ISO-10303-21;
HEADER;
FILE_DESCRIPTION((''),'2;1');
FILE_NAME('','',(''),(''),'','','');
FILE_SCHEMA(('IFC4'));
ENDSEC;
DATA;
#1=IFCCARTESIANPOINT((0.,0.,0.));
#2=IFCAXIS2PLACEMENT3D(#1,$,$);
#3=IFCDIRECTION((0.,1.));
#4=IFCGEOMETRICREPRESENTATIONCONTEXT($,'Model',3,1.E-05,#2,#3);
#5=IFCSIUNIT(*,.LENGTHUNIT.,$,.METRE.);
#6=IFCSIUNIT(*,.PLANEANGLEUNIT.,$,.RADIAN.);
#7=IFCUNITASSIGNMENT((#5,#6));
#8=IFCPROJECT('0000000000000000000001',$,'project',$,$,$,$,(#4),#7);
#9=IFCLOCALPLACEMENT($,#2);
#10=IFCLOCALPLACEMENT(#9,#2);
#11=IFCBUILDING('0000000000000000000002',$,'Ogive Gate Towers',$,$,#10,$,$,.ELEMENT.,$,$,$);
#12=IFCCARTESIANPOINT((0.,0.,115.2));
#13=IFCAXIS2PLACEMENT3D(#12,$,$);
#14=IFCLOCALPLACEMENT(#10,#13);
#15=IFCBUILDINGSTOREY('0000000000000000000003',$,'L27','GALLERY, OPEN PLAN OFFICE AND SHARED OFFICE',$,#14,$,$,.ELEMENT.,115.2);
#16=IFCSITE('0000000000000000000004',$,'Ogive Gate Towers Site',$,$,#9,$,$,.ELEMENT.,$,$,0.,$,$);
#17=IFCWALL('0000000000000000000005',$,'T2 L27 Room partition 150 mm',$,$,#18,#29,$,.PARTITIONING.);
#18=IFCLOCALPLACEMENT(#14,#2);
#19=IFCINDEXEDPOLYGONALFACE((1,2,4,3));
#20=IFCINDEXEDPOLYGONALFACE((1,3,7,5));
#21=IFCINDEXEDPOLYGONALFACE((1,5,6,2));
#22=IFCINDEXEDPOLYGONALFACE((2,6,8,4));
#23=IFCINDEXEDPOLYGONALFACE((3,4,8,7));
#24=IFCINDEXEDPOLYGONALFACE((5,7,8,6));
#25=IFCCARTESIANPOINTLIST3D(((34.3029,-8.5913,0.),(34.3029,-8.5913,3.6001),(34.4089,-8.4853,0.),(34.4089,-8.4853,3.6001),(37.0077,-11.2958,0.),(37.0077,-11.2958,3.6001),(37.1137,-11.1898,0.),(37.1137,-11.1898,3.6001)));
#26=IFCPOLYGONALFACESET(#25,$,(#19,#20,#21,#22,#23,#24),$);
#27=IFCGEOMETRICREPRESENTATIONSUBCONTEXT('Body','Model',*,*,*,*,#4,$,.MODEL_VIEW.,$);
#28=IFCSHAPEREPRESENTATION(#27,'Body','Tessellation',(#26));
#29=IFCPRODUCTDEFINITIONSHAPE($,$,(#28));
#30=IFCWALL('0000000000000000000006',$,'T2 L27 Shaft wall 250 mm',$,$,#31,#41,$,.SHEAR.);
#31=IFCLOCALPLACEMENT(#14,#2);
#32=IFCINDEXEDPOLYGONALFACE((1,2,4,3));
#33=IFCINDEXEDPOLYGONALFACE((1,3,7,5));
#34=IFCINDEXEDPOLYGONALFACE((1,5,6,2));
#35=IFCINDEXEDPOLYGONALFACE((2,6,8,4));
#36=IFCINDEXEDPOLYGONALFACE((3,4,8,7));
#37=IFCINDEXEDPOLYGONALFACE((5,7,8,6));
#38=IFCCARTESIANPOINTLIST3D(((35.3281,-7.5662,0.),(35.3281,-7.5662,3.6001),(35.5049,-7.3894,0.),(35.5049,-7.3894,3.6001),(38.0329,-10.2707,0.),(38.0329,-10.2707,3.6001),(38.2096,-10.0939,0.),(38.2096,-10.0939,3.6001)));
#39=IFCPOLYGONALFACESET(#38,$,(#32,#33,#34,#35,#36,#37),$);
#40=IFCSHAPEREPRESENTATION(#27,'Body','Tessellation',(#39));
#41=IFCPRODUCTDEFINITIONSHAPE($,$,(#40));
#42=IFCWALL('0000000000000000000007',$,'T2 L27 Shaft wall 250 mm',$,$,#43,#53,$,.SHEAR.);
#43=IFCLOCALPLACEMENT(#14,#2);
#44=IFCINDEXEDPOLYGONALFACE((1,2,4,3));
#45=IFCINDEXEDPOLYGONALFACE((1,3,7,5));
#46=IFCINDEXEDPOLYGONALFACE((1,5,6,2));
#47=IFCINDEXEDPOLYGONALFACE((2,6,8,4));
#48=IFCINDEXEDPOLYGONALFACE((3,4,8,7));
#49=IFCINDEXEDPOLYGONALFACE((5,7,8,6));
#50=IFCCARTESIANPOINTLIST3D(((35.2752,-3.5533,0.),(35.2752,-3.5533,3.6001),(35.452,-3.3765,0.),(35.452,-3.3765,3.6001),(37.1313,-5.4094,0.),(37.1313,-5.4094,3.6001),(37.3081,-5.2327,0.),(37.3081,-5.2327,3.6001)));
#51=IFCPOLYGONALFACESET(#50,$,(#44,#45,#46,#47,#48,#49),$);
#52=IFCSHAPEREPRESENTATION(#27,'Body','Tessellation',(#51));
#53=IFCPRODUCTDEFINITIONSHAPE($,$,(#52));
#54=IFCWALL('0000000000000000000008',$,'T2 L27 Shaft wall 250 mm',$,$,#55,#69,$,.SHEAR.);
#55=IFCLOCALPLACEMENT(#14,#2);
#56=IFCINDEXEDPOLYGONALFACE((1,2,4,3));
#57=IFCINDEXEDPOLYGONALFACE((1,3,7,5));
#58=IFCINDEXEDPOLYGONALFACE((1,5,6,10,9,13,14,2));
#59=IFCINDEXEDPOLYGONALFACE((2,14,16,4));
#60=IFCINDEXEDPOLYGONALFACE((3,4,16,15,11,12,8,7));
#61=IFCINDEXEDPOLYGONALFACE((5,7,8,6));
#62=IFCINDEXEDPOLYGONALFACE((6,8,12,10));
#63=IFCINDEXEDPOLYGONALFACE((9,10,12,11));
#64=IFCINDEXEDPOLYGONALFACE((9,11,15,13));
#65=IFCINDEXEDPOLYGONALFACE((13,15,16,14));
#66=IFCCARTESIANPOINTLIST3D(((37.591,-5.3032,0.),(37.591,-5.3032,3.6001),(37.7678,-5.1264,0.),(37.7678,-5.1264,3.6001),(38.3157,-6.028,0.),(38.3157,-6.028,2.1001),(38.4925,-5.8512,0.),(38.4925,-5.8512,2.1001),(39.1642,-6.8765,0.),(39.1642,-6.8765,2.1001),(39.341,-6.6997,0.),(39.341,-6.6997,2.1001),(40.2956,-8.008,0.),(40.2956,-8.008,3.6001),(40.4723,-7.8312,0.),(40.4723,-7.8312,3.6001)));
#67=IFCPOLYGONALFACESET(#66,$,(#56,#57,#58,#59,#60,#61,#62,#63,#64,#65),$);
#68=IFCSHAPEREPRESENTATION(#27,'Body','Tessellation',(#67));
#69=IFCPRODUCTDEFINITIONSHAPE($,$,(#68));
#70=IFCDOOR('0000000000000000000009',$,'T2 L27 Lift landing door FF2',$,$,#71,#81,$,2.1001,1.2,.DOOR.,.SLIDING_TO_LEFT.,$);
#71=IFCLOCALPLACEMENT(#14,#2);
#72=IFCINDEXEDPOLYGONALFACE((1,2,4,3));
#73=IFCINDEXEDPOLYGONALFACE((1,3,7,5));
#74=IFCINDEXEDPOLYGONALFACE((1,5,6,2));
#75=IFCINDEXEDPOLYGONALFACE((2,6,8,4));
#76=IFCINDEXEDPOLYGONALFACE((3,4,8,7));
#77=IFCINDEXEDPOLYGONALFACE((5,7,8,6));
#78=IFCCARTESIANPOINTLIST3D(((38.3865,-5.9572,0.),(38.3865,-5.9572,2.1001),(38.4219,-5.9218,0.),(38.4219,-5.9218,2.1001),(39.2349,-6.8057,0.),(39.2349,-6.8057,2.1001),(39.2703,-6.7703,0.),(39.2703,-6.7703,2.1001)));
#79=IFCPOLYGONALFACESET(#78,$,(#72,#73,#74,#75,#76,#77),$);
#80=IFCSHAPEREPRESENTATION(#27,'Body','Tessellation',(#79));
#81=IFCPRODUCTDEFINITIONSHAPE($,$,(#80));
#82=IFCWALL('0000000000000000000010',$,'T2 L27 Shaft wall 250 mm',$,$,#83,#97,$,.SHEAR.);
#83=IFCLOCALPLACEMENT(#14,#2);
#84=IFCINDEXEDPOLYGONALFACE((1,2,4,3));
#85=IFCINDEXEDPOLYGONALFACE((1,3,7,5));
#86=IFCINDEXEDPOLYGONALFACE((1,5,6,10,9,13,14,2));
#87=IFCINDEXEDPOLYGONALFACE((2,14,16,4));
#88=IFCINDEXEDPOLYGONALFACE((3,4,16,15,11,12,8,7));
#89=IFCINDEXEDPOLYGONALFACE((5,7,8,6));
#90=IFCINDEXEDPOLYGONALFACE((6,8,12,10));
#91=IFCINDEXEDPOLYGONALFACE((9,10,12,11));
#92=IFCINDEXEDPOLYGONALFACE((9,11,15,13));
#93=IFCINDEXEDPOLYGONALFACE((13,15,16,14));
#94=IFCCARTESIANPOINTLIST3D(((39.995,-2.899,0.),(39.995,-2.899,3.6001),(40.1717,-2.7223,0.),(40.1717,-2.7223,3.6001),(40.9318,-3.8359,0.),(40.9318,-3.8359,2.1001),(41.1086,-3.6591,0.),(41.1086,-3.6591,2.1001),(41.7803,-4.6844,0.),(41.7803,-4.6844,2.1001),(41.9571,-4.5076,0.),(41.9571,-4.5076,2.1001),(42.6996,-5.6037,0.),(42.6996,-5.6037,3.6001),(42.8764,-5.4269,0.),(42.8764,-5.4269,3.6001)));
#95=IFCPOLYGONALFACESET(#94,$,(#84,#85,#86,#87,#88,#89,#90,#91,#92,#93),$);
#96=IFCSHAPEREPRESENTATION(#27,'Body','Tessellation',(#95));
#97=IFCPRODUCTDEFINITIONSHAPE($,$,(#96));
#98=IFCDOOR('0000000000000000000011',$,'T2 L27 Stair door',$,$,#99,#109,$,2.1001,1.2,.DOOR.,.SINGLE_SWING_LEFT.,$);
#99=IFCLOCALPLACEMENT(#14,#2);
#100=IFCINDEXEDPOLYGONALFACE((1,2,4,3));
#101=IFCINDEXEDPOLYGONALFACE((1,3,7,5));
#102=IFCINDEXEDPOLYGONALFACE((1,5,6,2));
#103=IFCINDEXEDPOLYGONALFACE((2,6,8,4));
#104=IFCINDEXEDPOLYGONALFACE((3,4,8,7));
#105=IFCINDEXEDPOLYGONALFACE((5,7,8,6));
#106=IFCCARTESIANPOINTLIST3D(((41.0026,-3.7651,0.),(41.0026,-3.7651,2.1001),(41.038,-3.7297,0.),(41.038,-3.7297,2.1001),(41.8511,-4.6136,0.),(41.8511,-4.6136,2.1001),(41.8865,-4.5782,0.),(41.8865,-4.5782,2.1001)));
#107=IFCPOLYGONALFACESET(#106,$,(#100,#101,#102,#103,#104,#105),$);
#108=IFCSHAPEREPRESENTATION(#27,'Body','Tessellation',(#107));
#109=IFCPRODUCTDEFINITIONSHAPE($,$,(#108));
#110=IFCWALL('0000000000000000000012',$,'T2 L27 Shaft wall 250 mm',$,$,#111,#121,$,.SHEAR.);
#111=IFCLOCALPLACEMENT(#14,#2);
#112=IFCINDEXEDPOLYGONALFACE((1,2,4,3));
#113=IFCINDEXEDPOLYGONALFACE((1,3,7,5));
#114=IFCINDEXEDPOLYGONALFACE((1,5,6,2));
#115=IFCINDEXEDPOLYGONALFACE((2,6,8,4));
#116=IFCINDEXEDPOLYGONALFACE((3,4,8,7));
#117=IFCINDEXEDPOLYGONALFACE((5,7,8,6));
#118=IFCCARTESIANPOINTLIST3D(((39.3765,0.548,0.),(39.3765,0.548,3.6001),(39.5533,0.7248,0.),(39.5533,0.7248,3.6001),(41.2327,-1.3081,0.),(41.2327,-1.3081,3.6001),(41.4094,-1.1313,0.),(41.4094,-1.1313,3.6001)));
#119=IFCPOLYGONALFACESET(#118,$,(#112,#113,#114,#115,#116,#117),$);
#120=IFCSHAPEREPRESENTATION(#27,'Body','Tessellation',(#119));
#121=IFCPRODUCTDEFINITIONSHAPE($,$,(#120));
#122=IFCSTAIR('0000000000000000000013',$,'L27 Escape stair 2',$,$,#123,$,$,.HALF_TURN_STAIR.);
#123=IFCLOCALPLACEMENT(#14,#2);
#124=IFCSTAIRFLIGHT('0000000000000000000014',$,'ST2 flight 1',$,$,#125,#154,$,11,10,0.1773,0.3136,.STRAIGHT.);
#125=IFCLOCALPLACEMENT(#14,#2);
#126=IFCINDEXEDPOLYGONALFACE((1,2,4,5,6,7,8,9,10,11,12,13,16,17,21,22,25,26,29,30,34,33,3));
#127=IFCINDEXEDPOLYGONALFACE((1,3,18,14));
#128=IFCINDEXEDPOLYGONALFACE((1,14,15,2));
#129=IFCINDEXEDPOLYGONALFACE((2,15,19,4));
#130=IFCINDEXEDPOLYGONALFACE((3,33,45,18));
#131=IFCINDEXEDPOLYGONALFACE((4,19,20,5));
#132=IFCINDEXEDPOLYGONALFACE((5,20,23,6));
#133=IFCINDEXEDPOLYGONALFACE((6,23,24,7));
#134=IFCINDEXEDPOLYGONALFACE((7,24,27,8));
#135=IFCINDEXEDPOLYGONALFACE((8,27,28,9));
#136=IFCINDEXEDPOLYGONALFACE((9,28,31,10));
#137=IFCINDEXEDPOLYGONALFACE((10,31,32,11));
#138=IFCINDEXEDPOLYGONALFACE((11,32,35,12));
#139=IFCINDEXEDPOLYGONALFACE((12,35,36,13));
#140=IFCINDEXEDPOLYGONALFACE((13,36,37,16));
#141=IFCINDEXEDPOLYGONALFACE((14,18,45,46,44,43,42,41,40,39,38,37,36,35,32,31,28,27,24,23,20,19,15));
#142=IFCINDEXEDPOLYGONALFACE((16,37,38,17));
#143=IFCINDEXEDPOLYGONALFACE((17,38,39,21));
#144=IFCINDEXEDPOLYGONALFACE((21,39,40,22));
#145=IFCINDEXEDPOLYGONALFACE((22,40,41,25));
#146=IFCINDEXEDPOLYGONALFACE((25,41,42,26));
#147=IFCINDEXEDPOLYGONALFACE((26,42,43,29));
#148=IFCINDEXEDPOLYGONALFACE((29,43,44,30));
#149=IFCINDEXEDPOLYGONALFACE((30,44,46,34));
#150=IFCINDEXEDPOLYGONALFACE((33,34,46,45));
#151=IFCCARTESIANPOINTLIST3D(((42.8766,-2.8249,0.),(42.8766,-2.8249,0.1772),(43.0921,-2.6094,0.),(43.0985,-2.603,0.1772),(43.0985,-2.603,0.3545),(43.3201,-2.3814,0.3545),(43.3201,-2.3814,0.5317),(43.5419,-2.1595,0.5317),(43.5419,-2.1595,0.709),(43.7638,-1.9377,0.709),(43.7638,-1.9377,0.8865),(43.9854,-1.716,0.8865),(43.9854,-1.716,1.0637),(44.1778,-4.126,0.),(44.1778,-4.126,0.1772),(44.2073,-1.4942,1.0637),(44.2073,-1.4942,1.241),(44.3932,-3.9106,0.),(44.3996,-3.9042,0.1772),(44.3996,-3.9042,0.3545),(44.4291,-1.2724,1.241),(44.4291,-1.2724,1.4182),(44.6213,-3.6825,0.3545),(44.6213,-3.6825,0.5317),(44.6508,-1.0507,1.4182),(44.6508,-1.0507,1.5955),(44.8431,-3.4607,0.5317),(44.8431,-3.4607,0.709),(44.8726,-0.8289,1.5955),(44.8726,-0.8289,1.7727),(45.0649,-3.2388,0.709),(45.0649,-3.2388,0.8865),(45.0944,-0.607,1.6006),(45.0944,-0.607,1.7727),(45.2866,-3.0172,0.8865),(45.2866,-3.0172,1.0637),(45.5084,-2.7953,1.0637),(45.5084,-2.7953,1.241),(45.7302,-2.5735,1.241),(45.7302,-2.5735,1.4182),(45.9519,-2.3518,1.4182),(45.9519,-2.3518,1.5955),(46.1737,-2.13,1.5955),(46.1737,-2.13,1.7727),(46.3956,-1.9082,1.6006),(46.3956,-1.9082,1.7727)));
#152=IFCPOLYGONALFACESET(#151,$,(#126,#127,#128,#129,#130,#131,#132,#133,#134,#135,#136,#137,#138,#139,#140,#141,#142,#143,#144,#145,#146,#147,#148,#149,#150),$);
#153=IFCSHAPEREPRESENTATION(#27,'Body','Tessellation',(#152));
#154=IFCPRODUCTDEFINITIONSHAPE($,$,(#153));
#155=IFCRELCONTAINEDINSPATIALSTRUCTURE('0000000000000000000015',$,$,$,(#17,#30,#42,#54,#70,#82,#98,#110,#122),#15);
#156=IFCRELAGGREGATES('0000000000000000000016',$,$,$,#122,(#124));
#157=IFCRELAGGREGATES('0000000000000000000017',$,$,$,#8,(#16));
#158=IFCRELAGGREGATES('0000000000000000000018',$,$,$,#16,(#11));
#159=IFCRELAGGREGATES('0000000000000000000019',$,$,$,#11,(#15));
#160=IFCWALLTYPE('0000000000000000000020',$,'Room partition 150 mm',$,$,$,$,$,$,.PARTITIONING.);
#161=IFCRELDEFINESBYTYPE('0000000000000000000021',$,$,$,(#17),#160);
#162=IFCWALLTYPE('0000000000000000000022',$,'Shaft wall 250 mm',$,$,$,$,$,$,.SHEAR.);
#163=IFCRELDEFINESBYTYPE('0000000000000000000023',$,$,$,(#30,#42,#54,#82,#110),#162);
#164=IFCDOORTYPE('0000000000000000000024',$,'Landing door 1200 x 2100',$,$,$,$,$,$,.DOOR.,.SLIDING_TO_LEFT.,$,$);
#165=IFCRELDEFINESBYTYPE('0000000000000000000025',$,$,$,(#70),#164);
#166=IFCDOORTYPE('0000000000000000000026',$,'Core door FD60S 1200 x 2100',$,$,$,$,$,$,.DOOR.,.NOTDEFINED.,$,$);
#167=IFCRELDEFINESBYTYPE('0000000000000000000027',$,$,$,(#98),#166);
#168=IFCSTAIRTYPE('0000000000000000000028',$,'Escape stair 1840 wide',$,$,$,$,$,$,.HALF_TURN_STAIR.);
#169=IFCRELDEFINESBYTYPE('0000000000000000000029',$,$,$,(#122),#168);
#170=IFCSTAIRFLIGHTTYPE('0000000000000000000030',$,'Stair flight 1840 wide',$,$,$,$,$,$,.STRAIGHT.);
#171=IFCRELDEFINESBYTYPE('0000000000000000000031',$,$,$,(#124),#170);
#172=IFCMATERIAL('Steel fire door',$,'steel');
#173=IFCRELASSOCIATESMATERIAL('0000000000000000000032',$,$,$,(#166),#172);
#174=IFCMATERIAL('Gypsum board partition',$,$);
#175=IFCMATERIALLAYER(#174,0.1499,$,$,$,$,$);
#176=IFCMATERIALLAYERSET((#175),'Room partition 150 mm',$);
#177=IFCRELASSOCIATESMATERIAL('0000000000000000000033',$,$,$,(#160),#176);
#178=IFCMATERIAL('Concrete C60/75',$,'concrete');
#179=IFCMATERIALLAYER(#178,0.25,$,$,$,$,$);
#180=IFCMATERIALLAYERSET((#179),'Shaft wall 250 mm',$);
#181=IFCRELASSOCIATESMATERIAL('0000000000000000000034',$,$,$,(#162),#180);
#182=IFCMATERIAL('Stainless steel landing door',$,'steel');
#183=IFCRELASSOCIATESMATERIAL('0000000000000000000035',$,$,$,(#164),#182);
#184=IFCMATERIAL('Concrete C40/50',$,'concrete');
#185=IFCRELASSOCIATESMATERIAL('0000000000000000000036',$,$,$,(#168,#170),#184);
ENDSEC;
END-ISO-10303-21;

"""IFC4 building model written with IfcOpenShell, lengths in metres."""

from ifc_helpers import new_model, si_unit, direction, frame, frame_2d, origin, place, context, subcontext, project, spatial, polyline, rectangle, outline, extrude, material, layer, layer_set, type_object, element, fill, aggregate, save


model = new_model("IFC4")

# Units and contexts
model_context = context("Model", 3, precision=1e-05, world=origin(), true_north=direction((0.0, 1.0)))
body_context = subcontext(model_context, "Body", "Model", "MODEL_VIEW")
ifc_project = project(units=[si_unit("LENGTHUNIT", "METRE"), si_unit("PLANEANGLEUNIT", "RADIAN")], contexts=[model_context])

# Site, building, storey
site_placement = place(None, origin())
site = spatial("IfcSite", under=ifc_project, at=site_placement, Name="Ogive Gate Towers Site", CompositionType="ELEMENT", RefElevation=0.0)
building_placement = place(site_placement, origin())
building = spatial("IfcBuilding", under=site, at=building_placement, Name="Ogive Gate Towers", CompositionType="ELEMENT")
storey_placement = place(building_placement, frame((0.0, 0.0, 115.2)))
storey = spatial("IfcBuildingStorey", under=building, at=storey_placement, Name="L27", Description="GALLERY, OPEN PLAN OFFICE AND SHARED OFFICE", CompositionType="ELEMENT", Elevation=115.2)

# Shared definitions
ifc_material_1 = material(Name="Concrete C40/50", Category="concrete")

# Shared definitions
ifc_material_2 = material(Name="Concrete C60/75", Category="concrete")
ifc_material_3 = material(Name="Steel fire door", Category="steel")
door_type_1 = type_object("IfcDoorType", Name="Core door FD60S 1200 x 2100", OperationType="NOTDEFINED", PredefinedType="DOOR", material=ifc_material_3)

# Shared definitions
ifc_material_4 = material(Name="Gypsum board partition")

# Walls
ifc_layer_1 = layer(ifc_material_4, 0.1499)
ifc_layer_set_1 = layer_set([ifc_layer_1], Name="Room partition 150 mm")
wall_type_1 = type_object("IfcWallType", Name="Room partition 150 mm", PredefinedType="PARTITIONING", material=ifc_layer_set_1)
wall_1_placement = place(storey_placement, frame((37.0608, -11.2429, 0.0), z_axis=(0.0, 0.0, 1.0), x_axis=(-0.707139, 0.707075, 0.0)))
element("IfcWall", 1, at=wall_1_placement, inside=storey, type_object=wall_type_1, Name="T2 L27 Room partition 150 mm", PredefinedType="PARTITIONING", context=body_context, shape_type="SweptSolid", body=[
    extrude(rectangle(XDim=3.825, YDim=0.1499, at=frame_2d((1.9126, 0.0))), origin(), (0.0, 0.0, 1.0), 3.6001),
])
ifc_layer_2 = layer(ifc_material_2, 0.25)
ifc_layer_set_2 = layer_set([ifc_layer_2], Name="Shaft wall 250 mm")
wall_type_2 = type_object("IfcWallType", Name="Shaft wall 250 mm", PredefinedType="SHEAR", material=ifc_layer_set_2)
wall_2_placement = place(storey_placement, frame((38.1213, -10.1824, 0.0), z_axis=(0.0, 0.0, 1.0), x_axis=(-0.707139, 0.707075, 0.0)))
element("IfcWall", 2, at=wall_2_placement, inside=storey, type_object=wall_type_2, Name="T2 L27 Shaft wall 250 mm", PredefinedType="SHEAR", context=body_context, shape_type="SweptSolid", body=[
    extrude(rectangle(XDim=3.825, YDim=0.25, at=frame_2d((1.9126, 0.0))), origin(), (0.0, 0.0, 1.0), 3.6001),
])
wall_3_placement = place(storey_placement, frame((37.2197, -5.321, 0.0), z_axis=(0.0, 0.0, 1.0), x_axis=(-0.707107, 0.707107, 0.0)))
element("IfcWall", 3, at=wall_3_placement, inside=storey, type_object=wall_type_2, Name="T2 L27 Shaft wall 250 mm", PredefinedType="SHEAR", context=body_context, shape_type="SweptSolid", body=[
    extrude(rectangle(XDim=2.625, YDim=0.25, at=frame_2d((1.3125, 0.0))), origin(), (0.0, 0.0, 1.0), 3.6001),
])

# Walls, openings, doors
wall_4_placement = place(storey_placement, frame((40.384, -7.9197, 0.0), z_axis=(0.0, 0.0, 1.0), x_axis=(-0.707075, 0.707139, 0.0)))
wall_4 = element("IfcWall", 4, at=wall_4_placement, inside=storey, type_object=wall_type_2, Name="T2 L27 Shaft wall 250 mm", PredefinedType="SHEAR", context=body_context, shape_type="SweptSolid", body=[
    extrude(rectangle(XDim=3.825, YDim=0.25, at=frame_2d((1.9126, 0.0))), origin(), (0.0, 0.0, 1.0), 3.6001),
])
opening_1_placement = place(wall_4_placement, frame((1.6001, 0.0, 0.0)))
opening_1 = element("IfcOpeningElement", 5, at=opening_1_placement, cuts=wall_4, PredefinedType="OPENING", context=body_context, shape_type="SweptSolid", body=[
    extrude(rectangle(XDim=1.2, YDim=2.1001, at=frame_2d((0.6001, 1.05))), frame((0.0, 0.135, 0.0), z_axis=(0.0, -1.0, 0.0), x_axis=(1.0, 0.0, 0.0)), (0.0, 0.0, 1.0), 0.27),
])
ifc_material_5 = material(Name="Stainless steel landing door", Category="steel")
door_type_2 = type_object("IfcDoorType", Name="Landing door 1200 x 2100", OperationType="SLIDING_TO_LEFT", PredefinedType="DOOR", material=ifc_material_5)
door_1_placement = place(opening_1_placement, origin())
door_1 = element("IfcDoor", 6, at=door_1_placement, inside=storey, type_object=door_type_2, Name="T2 L27 Lift landing door FF2", OperationType="SLIDING_TO_LEFT", OverallHeight=2.1001, OverallWidth=1.2, PredefinedType="DOOR", context=body_context, shape_type="SweptSolid", body=[
    extrude(rectangle(XDim=1.2, YDim=2.1001, at=frame_2d((0.6001, 1.05))), frame((0.0, 0.0249, 0.0), z_axis=(0.0, -1.0, 0.0), x_axis=(1.0, 0.0, 0.0)), (0.0, 0.0, 1.0), 0.05),
])
fill(opening_1, door_1)
wall_5_placement = place(storey_placement, frame((42.7881, -5.5154, 0.0), z_axis=(0.0, 0.0, 1.0), x_axis=(-0.707107, 0.707107, 0.0)))
wall_5 = element("IfcWall", 7, at=wall_5_placement, inside=storey, type_object=wall_type_2, Name="T2 L27 Shaft wall 250 mm", PredefinedType="SHEAR", context=body_context, shape_type="SweptSolid", body=[
    extrude(rectangle(XDim=3.825, YDim=0.25, at=frame_2d((1.9126, 0.0))), origin(), (0.0, 0.0, 1.0), 3.6001),
])
opening_2_placement = place(wall_5_placement, frame((1.3, 0.0, 0.0)))
opening_2 = element("IfcOpeningElement", 8, at=opening_2_placement, cuts=wall_5, PredefinedType="OPENING", context=body_context, shape_type="SweptSolid", body=[
    extrude(rectangle(XDim=1.2, YDim=2.1001, at=frame_2d((0.6001, 1.05))), frame((0.0, 0.135, 0.0), z_axis=(0.0, -1.0, 0.0), x_axis=(1.0, 0.0, 0.0)), (0.0, 0.0, 1.0), 0.27),
])
door_2_placement = place(opening_2_placement, origin())
door_2 = element("IfcDoor", 9, at=door_2_placement, inside=storey, type_object=door_type_1, Name="T2 L27 Stair door", OperationType="SINGLE_SWING_LEFT", OverallHeight=2.1001, OverallWidth=1.2, PredefinedType="DOOR", context=body_context, shape_type="SweptSolid", body=[
    extrude(rectangle(XDim=1.2, YDim=2.1001, at=frame_2d((0.6001, 1.05))), frame((0.0, 0.0249, 0.0), z_axis=(0.0, -1.0, 0.0), x_axis=(1.0, 0.0, 0.0)), (0.0, 0.0, 1.0), 0.05),
])
fill(opening_2, door_2)

# Wall
wall_6_placement = place(storey_placement, frame((41.321, -1.2197, 0.0), z_axis=(0.0, 0.0, 1.0), x_axis=(-0.707107, 0.707107, 0.0)))
element("IfcWall", 10, at=wall_6_placement, inside=storey, type_object=wall_type_2, Name="T2 L27 Shaft wall 250 mm", PredefinedType="SHEAR", context=body_context, shape_type="SweptSolid", body=[
    extrude(rectangle(XDim=2.625, YDim=0.25, at=frame_2d((1.3125, 0.0))), origin(), (0.0, 0.0, 1.0), 3.6001),
])

# Stair, stair flight
stair_type = type_object("IfcStairType", Name="Escape stair 1840 wide", PredefinedType="HALF_TURN_STAIR", material=ifc_material_1)
stair_placement = place(storey_placement, origin())
stair = element("IfcStair", 11, at=stair_placement, inside=storey, type_object=stair_type, Name="L27 Escape stair 2", PredefinedType="HALF_TURN_STAIR")
stair_flight_type = type_object("IfcStairFlightType", Name="Stair flight 1840 wide", PredefinedType="STRAIGHT", material=ifc_material_1)
stair_flight_placement = place(storey_placement, frame((43.5271, -3.4753, 0.0), z_axis=(0.0, 0.0, 1.0), x_axis=(0.707107, 0.707107, 0.0)))
stair_flight = element("IfcStairFlight", 12, at=stair_flight_placement, type_object=stair_flight_type, Name="ST2 flight 1", NumberOfRisers=11, NumberOfTreads=10, PredefinedType="STRAIGHT", RiserHeight=0.1773, TreadLength=0.3136, context=body_context, shape_type="SweptSolid", body=[
    extrude(outline(polyline([(0.0, 0.0), (0.0, 0.1772), (0.3137, 0.1772), (0.3137, 0.3545), (0.6272, 0.3545), (0.6272, 0.5317), (0.9409, 0.5317), (0.9409, 0.709), (1.2546, 0.709), (1.2546, 0.8865), (1.5681, 0.8865), (1.5681, 1.0637), (1.8818, 1.0637), (1.8818, 1.241), (2.1956, 1.241), (2.1956, 1.4182), (2.509, 1.4182), (2.509, 1.5955), (2.8228, 1.5955), (2.8228, 1.7727), (3.1365, 1.7727), (3.1365, 1.95), (3.1365, 1.6006), (0.3047, 0.0), (0.0, 0.0)])), frame((0.0, 0.9199, 0.0), z_axis=(0.0, -1.0, 0.0), x_axis=(1.0, 0.0, 0.0)), (0.0, 0.0, 1.0), 1.8401),
])
aggregate(stair, [stair_flight])

save(model, "model.ifc")
